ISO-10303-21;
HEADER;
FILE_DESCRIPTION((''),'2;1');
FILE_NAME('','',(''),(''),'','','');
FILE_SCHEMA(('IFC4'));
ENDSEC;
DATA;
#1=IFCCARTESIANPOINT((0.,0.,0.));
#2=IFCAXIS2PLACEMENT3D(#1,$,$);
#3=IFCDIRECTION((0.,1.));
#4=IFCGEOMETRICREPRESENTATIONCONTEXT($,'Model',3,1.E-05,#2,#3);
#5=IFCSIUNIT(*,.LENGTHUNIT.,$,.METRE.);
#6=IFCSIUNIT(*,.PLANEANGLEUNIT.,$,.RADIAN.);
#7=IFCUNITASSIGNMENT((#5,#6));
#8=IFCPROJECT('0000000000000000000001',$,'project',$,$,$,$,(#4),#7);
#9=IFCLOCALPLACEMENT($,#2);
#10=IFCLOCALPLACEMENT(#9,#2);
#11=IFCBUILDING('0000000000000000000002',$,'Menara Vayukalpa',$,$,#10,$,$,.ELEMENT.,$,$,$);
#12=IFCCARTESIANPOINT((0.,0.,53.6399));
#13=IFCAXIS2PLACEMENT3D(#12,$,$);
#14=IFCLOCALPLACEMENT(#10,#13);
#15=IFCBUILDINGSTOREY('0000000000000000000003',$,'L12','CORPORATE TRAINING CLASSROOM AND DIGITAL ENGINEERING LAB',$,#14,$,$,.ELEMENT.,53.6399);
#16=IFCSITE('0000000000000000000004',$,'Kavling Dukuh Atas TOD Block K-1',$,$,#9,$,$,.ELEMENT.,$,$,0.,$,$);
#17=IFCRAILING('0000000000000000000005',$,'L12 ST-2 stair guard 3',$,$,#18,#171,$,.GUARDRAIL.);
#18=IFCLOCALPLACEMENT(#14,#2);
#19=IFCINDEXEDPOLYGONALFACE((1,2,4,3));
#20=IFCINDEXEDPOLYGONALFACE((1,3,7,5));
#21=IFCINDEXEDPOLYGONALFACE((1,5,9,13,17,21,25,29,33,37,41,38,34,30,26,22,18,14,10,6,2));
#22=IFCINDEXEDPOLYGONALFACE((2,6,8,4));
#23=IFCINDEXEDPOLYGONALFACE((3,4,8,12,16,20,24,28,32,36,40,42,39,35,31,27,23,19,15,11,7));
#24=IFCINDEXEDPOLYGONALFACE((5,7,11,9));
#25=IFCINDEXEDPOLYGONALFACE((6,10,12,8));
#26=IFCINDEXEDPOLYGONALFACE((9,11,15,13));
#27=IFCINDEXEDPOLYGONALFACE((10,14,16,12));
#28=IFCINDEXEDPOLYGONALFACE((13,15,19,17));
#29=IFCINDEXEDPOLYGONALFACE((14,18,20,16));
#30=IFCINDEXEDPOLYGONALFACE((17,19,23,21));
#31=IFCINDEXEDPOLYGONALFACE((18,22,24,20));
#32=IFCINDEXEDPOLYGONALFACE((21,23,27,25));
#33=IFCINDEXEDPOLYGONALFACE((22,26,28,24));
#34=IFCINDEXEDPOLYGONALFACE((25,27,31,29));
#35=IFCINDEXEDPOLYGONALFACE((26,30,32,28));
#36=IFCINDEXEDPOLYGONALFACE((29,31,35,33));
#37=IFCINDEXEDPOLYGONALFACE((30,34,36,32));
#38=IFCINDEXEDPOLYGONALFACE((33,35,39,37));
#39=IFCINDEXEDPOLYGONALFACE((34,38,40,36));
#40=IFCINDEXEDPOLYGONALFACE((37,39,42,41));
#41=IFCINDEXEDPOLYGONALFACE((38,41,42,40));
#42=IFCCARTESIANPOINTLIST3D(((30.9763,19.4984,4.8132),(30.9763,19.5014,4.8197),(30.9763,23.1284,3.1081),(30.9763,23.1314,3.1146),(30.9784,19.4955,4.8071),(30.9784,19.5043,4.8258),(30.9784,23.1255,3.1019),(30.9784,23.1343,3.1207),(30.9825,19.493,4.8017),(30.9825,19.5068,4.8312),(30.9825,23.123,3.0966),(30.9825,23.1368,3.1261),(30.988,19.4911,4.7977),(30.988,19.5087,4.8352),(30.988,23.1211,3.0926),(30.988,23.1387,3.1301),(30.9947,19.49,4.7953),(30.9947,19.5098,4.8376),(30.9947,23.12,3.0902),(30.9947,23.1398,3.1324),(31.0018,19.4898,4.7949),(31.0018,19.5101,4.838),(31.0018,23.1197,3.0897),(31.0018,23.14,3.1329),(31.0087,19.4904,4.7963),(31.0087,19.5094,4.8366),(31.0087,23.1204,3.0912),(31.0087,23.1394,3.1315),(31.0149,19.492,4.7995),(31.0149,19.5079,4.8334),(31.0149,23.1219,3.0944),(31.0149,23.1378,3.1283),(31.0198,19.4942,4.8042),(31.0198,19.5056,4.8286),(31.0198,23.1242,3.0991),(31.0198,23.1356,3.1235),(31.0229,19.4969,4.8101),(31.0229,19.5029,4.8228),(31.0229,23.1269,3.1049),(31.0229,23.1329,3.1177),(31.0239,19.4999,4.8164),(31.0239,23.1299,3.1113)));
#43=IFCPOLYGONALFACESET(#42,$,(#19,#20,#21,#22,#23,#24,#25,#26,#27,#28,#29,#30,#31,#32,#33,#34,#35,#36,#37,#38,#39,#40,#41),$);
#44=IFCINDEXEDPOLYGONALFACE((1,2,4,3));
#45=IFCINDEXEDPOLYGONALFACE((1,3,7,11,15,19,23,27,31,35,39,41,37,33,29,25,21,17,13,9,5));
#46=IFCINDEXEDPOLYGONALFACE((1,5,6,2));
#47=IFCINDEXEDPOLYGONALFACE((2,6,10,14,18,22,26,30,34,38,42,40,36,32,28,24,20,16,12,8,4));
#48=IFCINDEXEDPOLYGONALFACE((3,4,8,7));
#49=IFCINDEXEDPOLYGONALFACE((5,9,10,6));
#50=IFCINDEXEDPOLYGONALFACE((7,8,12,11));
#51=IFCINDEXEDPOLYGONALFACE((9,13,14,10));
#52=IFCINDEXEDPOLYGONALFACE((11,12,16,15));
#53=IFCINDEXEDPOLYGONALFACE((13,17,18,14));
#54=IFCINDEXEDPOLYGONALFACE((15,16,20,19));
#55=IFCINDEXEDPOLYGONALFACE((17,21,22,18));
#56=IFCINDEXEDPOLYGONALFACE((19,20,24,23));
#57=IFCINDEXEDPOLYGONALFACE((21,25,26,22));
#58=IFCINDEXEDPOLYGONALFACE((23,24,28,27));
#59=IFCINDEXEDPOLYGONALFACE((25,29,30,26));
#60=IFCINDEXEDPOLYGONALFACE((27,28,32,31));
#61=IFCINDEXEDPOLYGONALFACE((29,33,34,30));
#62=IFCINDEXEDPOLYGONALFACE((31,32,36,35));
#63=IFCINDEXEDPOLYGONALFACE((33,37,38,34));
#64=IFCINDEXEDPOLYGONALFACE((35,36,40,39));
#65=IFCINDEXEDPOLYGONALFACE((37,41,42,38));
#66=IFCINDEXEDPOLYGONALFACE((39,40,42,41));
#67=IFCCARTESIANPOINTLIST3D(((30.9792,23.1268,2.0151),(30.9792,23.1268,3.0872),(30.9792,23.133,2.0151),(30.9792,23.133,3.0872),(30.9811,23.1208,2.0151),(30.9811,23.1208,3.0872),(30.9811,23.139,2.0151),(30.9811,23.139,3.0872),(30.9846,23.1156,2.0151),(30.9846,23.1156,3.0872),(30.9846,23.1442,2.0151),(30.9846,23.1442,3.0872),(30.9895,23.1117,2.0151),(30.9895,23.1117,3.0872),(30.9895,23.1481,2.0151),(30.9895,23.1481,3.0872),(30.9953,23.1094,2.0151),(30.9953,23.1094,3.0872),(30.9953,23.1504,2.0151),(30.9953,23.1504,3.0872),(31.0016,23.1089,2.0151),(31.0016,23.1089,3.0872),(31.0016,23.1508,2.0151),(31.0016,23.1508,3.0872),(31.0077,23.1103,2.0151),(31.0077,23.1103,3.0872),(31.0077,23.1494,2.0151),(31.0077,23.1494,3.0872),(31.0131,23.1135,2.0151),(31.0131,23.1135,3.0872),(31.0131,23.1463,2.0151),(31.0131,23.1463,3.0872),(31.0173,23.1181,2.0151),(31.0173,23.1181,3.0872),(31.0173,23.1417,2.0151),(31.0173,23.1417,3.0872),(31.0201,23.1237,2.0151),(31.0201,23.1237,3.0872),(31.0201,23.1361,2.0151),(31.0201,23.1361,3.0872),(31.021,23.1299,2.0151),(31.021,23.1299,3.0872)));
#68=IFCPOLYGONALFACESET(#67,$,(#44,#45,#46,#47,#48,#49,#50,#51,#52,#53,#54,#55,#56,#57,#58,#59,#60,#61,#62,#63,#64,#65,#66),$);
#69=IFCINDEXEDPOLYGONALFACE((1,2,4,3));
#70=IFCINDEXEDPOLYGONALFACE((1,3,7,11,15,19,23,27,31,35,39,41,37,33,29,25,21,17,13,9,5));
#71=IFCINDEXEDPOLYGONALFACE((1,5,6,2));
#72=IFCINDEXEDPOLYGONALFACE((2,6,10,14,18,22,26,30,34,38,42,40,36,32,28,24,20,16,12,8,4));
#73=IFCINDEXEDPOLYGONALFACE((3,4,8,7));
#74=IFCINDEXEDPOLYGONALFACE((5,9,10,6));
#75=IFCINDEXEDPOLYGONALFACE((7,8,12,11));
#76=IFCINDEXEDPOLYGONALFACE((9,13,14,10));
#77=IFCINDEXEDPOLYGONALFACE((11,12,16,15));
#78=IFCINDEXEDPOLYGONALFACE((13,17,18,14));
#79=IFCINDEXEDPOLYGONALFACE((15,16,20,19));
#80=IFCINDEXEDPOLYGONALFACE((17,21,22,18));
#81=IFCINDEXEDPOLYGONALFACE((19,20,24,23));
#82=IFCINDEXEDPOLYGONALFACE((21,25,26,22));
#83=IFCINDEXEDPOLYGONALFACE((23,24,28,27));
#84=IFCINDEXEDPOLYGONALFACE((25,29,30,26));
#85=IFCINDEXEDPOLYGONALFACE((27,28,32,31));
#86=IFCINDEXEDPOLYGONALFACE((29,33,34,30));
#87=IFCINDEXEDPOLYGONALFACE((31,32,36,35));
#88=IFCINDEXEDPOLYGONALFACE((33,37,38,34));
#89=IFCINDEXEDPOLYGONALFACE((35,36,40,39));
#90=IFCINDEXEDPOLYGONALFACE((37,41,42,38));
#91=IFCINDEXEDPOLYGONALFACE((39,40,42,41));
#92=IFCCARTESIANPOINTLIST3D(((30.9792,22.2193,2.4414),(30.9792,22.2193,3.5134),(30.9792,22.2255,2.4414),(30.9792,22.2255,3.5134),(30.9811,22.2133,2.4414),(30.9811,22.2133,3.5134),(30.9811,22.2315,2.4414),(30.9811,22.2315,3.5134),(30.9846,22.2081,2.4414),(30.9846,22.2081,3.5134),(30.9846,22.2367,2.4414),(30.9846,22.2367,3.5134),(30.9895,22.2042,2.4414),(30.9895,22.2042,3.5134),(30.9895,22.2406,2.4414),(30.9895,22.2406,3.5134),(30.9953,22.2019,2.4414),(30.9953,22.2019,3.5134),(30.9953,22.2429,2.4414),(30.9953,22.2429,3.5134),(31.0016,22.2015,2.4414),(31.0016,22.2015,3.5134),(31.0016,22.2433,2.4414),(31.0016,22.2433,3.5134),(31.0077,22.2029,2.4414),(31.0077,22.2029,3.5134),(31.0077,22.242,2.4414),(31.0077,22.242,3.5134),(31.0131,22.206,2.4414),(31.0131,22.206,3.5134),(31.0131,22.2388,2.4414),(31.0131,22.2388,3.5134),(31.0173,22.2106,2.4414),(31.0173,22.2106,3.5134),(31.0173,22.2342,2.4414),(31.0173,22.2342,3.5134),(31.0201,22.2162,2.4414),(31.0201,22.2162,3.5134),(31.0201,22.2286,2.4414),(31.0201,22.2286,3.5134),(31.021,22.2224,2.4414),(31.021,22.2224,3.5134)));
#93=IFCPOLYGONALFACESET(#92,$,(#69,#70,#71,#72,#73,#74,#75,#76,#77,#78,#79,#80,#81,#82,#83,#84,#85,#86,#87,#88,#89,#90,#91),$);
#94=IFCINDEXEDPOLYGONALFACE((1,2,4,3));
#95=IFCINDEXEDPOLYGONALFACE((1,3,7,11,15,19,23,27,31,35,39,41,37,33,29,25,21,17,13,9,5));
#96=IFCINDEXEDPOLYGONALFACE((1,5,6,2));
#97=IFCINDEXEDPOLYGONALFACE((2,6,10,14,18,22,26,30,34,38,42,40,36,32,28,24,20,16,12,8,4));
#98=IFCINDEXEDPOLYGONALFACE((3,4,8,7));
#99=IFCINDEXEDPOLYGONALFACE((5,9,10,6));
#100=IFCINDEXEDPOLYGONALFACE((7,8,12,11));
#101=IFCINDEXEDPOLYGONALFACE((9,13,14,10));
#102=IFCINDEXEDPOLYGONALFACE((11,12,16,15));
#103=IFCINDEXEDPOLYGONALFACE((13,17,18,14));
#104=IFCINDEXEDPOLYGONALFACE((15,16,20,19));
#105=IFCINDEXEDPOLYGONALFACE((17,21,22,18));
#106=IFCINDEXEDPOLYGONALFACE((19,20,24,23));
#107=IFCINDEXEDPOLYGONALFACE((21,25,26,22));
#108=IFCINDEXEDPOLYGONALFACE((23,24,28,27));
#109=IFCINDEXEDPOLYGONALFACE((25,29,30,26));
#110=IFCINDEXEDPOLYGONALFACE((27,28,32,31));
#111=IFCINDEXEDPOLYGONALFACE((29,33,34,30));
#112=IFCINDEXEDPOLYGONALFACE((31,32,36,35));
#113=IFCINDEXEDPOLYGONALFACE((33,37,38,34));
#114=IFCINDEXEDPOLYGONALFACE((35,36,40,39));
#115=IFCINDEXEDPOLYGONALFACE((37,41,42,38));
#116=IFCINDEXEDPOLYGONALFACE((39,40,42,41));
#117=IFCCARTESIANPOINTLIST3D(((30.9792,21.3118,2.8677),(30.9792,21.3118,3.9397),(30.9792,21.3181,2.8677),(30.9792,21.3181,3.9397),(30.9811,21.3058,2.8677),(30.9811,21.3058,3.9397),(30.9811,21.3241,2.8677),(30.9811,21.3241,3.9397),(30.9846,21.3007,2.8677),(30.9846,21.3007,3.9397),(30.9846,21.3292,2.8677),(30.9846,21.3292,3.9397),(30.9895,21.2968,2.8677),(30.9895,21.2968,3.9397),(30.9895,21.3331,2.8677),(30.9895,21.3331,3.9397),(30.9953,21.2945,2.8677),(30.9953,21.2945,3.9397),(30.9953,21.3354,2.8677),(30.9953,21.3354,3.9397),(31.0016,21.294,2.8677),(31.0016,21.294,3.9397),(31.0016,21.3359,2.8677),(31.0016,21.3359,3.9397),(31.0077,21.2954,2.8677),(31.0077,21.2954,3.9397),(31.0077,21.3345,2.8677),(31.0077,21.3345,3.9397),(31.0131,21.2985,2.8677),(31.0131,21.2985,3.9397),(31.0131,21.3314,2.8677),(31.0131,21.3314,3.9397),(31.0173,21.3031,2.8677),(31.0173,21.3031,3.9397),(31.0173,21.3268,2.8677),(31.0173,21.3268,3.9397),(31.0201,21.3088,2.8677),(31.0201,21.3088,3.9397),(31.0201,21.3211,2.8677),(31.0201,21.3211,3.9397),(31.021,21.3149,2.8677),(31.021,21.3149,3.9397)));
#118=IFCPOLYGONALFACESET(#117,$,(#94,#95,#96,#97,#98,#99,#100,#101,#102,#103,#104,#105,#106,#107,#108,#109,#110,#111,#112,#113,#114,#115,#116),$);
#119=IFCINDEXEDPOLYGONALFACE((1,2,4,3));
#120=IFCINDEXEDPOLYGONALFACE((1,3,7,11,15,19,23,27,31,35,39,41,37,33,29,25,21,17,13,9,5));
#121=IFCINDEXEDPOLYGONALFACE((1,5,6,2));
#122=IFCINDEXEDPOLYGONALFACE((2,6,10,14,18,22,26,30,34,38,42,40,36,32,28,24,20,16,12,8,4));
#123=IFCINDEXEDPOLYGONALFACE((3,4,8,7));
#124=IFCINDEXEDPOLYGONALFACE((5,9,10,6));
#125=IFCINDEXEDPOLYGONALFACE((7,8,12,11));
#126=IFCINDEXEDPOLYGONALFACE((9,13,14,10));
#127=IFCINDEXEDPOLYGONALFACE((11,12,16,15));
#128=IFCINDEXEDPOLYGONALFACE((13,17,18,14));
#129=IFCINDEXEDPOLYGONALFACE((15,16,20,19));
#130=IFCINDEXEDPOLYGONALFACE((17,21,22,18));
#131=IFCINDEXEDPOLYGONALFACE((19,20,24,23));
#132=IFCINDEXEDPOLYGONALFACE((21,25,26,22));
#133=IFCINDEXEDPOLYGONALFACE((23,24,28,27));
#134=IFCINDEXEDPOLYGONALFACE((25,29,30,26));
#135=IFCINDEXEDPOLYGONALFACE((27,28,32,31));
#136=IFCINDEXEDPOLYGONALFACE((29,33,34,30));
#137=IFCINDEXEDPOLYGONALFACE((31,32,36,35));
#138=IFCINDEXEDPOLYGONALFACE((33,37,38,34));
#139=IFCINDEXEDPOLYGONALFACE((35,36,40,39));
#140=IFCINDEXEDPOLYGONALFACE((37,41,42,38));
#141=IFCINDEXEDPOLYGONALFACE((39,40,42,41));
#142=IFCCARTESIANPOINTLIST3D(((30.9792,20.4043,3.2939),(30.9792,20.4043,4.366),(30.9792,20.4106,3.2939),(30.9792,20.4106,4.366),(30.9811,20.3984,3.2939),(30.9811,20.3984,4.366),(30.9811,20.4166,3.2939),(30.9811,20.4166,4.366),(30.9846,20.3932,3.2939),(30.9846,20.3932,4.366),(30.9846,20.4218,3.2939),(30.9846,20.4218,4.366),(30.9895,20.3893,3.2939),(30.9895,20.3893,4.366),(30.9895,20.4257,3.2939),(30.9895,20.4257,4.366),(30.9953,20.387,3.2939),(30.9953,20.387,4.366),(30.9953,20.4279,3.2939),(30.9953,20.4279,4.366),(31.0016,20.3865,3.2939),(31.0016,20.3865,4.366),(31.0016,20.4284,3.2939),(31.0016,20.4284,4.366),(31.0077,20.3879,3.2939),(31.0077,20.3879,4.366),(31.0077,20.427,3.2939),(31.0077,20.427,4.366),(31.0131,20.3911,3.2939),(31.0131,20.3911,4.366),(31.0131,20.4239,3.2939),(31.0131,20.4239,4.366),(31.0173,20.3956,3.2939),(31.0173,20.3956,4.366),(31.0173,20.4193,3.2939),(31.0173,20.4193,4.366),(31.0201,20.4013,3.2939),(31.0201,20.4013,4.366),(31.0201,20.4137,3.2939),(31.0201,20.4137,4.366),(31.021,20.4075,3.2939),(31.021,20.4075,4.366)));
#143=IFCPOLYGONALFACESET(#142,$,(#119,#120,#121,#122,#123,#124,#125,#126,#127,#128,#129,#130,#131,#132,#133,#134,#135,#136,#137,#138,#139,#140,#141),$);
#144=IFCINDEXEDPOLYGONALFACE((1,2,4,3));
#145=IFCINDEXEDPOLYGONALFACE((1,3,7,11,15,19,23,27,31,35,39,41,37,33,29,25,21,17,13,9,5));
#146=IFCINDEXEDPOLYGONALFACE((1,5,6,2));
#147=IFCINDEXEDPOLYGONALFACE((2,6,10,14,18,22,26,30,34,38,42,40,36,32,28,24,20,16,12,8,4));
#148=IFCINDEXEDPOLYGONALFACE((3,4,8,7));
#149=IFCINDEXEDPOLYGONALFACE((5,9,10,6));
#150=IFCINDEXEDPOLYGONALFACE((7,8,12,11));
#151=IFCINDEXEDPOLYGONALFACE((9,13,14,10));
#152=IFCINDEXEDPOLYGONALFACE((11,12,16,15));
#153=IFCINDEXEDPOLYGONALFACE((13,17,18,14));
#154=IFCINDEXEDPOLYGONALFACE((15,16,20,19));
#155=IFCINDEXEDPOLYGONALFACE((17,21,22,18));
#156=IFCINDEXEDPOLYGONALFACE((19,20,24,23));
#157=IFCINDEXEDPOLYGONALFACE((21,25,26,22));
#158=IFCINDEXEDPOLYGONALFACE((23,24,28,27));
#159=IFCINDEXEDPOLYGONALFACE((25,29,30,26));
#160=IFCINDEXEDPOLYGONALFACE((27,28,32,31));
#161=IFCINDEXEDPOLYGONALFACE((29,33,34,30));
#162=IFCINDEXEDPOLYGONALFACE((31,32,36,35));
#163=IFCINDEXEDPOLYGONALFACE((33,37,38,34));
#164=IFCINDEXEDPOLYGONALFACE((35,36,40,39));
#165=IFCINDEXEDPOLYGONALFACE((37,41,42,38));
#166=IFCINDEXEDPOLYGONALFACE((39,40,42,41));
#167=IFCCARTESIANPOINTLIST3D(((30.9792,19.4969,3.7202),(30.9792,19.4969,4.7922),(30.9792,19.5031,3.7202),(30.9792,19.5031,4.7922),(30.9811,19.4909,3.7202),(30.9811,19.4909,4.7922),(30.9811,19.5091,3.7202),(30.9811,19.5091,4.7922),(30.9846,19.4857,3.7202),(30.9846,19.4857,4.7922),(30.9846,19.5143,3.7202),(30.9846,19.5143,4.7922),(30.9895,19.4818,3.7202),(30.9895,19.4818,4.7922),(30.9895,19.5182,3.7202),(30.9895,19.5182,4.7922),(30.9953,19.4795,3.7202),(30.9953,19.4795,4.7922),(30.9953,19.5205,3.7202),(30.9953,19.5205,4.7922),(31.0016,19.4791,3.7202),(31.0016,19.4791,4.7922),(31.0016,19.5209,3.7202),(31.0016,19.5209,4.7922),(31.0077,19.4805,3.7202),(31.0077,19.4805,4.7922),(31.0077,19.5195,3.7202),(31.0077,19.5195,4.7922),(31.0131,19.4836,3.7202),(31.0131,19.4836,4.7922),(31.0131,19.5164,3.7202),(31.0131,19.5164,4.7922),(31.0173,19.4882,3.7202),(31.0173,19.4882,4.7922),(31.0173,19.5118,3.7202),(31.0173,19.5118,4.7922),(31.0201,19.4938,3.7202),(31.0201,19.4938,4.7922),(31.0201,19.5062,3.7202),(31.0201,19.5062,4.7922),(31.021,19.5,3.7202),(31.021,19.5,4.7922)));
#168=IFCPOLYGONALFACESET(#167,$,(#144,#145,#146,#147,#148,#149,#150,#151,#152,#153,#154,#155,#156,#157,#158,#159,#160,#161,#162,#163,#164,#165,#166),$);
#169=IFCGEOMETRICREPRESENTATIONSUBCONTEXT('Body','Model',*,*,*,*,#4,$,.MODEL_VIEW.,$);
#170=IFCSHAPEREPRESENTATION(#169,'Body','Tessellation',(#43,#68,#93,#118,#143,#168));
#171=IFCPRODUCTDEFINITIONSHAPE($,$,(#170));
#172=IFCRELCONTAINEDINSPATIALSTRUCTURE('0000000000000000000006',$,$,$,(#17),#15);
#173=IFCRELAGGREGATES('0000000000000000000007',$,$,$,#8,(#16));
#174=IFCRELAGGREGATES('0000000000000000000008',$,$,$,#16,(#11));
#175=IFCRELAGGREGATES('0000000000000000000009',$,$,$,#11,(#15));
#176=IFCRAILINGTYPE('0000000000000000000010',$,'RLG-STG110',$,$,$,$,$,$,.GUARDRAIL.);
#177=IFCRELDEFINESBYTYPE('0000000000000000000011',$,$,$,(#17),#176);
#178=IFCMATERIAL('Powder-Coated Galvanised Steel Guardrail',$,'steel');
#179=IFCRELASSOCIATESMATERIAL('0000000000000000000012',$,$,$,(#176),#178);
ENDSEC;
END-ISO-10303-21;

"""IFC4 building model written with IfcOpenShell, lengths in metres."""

from ifc_helpers import new_model, si_unit, direction, frame, origin, origin_2d, place, context, subcontext, project, spatial, circle, extrude, material, type_object, element, save


model = new_model("IFC4")

# Units and contexts
model_context = context("Model", 3, precision=1e-05, world=origin(), true_north=direction((0.0, 1.0)))
body_context = subcontext(model_context, "Body", "Model", "MODEL_VIEW")
ifc_project = project(units=[si_unit("LENGTHUNIT", "METRE"), si_unit("PLANEANGLEUNIT", "RADIAN")], contexts=[model_context])

# Site, building, storey
site_placement = place(None, origin())
site = spatial("IfcSite", under=ifc_project, at=site_placement, Name="Kavling Dukuh Atas TOD Block K-1", CompositionType="ELEMENT", RefElevation=0.0)
building_placement = place(site_placement, origin())
building = spatial("IfcBuilding", under=site, at=building_placement, Name="Menara Vayukalpa", CompositionType="ELEMENT")
storey_placement = place(building_placement, frame((0.0, 0.0, 53.6399)))
storey = spatial("IfcBuildingStorey", under=building, at=storey_placement, Name="L12", Description="CORPORATE TRAINING CLASSROOM AND DIGITAL ENGINEERING LAB", CompositionType="ELEMENT", Elevation=53.6399)

# Railing
ifc_material_1 = material(Name="Powder-Coated Galvanised Steel Guardrail", Category="steel")
railing_type_1 = type_object("IfcRailingType", Name="RLG-STG110", PredefinedType="GUARDRAIL", material=ifc_material_1)
railing_1_placement = place(storey_placement, frame((31.0, 23.1299, 2.0151)))
element("IfcRailing", 1, at=railing_1_placement, inside=storey, type_object=railing_type_1, Name="L12 ST-2 stair guard 3", PredefinedType="GUARDRAIL", context=body_context, shape_type="SweptSolid", body=[
    extrude(circle(Radius=0.0239, at=origin_2d()), frame((0.0, 0.0, 1.0962), z_axis=(0.0, -0.905116, 0.425164), x_axis=(1.0, 0.0, 0.0)), (0.0, 0.0, 1.0), 4.0105),
    extrude(circle(Radius=0.021, at=origin_2d()), origin(), (0.0, 0.0, 1.0), 1.072),
    extrude(circle(Radius=0.021, at=origin_2d()), frame((0.0, -0.9075, 0.4263)), (0.0, 0.0, 1.0), 1.072),
    extrude(circle(Radius=0.021, at=origin_2d()), frame((0.0, -1.8149, 0.8525)), (0.0, 0.0, 1.0), 1.072),
    extrude(circle(Radius=0.021, at=origin_2d()), frame((0.0, -2.7224, 1.2788)), (0.0, 0.0, 1.0), 1.072),
    extrude(circle(Radius=0.021, at=origin_2d()), frame((0.0, -3.6299, 1.7051)), (0.0, 0.0, 1.0), 1.072),
])

save(model, "model.ifc")
